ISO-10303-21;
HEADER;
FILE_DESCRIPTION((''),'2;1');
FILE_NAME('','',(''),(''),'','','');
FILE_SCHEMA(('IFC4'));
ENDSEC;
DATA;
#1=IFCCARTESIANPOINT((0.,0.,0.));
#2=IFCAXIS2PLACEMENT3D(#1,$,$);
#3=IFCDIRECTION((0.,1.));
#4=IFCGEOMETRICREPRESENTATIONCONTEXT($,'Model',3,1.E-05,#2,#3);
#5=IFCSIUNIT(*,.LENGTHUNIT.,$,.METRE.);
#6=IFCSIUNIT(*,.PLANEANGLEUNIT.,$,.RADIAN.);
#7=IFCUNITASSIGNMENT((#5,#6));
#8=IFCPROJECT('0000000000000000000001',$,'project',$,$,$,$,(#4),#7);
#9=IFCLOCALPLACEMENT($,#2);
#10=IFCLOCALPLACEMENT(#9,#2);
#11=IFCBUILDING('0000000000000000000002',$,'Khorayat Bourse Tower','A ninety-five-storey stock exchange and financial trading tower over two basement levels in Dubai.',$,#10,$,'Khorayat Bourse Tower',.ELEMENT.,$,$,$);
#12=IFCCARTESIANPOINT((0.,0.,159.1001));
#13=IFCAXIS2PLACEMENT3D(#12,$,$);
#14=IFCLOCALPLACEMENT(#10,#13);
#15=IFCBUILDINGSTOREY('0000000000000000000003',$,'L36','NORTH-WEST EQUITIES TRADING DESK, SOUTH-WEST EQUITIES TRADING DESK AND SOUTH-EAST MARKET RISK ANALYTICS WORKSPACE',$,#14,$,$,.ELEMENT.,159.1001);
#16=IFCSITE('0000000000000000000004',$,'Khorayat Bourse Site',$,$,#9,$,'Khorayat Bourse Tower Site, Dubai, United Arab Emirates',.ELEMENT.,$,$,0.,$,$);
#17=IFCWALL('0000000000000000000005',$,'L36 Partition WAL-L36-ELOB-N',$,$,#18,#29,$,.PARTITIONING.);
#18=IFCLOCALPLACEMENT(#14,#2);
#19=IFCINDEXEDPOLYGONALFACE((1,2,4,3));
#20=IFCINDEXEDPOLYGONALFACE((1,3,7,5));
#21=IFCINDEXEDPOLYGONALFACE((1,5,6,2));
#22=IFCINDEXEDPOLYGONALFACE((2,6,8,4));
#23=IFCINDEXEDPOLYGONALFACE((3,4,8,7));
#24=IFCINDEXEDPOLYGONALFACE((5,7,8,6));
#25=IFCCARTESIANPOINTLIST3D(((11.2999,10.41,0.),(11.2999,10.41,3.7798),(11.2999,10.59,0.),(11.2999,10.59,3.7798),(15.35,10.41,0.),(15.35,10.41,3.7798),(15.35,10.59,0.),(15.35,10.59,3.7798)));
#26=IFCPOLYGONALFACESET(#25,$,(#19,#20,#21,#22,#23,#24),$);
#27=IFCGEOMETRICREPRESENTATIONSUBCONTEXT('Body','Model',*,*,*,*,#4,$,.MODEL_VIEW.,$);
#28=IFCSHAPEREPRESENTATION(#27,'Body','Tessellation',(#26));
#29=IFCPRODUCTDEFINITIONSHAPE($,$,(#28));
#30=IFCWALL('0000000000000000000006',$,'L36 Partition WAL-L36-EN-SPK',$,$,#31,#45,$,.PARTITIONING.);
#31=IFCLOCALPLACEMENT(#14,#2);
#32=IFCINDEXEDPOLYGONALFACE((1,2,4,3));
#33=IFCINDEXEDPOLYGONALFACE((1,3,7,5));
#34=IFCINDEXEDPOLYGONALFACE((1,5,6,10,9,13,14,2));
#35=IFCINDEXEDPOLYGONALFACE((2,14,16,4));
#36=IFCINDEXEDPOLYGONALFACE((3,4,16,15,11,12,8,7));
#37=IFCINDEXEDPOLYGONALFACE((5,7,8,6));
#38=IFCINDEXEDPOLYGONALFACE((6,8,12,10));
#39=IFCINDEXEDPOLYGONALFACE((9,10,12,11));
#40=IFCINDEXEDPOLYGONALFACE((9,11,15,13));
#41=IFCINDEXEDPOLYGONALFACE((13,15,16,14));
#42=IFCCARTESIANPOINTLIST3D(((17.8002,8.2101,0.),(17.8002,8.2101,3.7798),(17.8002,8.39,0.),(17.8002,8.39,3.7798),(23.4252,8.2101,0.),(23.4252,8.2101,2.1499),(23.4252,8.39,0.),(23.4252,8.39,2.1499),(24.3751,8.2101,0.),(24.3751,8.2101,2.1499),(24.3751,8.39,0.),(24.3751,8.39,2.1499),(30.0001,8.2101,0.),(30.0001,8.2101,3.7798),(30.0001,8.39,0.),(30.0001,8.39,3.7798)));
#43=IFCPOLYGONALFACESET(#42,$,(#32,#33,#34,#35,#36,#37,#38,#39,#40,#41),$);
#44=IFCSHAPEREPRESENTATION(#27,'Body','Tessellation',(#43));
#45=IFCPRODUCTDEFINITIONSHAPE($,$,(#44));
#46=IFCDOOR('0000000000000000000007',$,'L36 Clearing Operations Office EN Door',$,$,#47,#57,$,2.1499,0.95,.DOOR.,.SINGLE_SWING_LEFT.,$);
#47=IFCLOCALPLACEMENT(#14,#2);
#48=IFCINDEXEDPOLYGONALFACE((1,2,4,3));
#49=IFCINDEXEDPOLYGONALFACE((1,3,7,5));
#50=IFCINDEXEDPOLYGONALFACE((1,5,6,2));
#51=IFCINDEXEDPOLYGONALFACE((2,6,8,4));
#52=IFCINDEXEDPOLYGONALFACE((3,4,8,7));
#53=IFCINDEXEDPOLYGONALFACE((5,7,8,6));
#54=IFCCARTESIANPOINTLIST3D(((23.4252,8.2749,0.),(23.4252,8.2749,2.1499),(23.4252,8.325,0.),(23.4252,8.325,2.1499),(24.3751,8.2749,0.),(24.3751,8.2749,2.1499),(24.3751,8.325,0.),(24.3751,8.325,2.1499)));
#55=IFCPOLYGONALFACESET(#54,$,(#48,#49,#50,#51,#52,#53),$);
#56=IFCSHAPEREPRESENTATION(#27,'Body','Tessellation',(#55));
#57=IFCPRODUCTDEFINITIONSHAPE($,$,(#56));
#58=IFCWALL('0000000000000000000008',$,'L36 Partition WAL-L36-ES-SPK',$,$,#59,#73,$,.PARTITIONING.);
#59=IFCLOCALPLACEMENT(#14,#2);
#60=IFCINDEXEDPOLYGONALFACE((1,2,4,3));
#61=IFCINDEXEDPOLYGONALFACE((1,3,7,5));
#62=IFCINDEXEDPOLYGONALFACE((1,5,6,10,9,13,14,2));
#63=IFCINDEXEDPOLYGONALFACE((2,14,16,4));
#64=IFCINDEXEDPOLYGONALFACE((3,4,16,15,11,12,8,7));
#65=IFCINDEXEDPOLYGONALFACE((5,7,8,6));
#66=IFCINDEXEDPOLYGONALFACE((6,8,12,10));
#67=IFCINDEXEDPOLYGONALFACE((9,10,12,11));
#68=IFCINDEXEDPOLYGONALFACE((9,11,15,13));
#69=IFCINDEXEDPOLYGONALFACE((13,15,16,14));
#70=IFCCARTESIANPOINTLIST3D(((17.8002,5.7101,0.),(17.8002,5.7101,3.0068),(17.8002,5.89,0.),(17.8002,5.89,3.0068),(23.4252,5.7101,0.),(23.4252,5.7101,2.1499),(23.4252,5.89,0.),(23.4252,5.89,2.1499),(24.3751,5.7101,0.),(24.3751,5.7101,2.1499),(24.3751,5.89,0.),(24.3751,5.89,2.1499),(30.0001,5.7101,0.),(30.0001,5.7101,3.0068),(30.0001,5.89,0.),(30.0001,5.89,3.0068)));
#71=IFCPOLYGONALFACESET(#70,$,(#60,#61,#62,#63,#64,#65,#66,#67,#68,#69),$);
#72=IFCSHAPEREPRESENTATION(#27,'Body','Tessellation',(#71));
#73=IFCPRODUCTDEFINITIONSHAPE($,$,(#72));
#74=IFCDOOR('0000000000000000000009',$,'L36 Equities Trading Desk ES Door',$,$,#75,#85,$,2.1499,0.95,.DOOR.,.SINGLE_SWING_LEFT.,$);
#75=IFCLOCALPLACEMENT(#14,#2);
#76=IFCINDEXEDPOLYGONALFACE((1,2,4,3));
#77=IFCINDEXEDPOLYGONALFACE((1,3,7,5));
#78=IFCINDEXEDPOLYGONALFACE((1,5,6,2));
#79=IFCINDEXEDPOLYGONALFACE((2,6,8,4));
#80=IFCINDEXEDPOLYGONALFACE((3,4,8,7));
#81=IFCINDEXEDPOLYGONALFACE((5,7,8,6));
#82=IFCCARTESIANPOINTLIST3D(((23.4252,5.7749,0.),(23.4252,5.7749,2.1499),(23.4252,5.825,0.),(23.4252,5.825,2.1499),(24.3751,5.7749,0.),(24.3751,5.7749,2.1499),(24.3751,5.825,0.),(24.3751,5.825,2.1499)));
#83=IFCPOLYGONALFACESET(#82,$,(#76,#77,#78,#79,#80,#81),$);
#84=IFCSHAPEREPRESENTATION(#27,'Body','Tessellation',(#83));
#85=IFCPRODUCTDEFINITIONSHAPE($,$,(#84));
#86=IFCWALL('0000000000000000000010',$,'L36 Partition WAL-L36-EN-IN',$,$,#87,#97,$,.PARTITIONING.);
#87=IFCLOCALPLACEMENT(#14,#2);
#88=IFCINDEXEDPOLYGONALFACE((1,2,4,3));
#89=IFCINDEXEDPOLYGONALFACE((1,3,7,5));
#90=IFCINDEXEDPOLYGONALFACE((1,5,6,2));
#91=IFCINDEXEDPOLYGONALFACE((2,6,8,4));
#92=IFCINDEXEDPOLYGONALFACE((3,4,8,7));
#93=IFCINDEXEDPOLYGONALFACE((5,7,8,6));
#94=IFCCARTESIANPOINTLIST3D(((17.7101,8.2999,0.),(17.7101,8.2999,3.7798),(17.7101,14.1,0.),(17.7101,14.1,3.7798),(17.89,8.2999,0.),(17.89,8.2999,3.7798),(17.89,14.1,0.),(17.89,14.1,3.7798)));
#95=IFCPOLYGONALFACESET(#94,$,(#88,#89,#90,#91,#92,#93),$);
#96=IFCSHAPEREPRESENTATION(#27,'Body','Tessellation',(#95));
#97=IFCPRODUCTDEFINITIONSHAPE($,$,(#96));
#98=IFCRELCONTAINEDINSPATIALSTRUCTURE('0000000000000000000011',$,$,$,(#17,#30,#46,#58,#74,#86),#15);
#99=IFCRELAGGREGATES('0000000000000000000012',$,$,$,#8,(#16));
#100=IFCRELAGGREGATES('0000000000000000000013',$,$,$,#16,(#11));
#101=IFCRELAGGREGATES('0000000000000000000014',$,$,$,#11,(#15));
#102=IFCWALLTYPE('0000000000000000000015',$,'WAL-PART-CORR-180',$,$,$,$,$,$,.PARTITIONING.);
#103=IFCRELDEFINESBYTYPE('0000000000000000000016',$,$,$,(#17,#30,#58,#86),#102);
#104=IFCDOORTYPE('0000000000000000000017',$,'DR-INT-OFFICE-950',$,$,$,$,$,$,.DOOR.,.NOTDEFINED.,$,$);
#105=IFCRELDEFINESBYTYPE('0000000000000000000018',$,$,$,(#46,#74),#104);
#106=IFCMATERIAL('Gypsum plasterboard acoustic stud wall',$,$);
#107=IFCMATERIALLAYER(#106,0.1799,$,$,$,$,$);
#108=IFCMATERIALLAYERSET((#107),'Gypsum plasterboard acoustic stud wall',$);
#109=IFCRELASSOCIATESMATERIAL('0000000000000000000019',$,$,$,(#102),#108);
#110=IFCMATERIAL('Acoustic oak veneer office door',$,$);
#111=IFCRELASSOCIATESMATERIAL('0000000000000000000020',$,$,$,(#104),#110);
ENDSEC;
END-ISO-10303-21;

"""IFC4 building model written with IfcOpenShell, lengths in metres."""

from ifc_helpers import new_model, si_unit, direction, frame, frame_2d, origin, place, context, subcontext, project, spatial, rectangle, extrude, source, transform, mapped, material, layer, layer_set, type_object, element, fill, save


model = new_model("IFC4")

# Units and contexts
model_context = context("Model", 3, precision=1e-05, world=origin(), true_north=direction((0.0, 1.0)))
body_context = subcontext(model_context, "Body", "Model", "MODEL_VIEW")
ifc_project = project(units=[si_unit("LENGTHUNIT", "METRE"), si_unit("PLANEANGLEUNIT", "RADIAN")], contexts=[model_context])

# Site, building, storey
site_placement = place(None, origin())
site = spatial("IfcSite", under=ifc_project, at=site_placement, Name="Khorayat Bourse Site", LongName="Khorayat Bourse Tower Site, Dubai, United Arab Emirates", CompositionType="ELEMENT", RefElevation=0.0)
building_placement = place(site_placement, origin())
building = spatial("IfcBuilding", under=site, at=building_placement, Name="Khorayat Bourse Tower", Description="A ninety-five-storey stock exchange and financial trading tower over two basement levels in Dubai.", LongName="Khorayat Bourse Tower", CompositionType="ELEMENT")
storey_placement = place(building_placement, frame((0.0, 0.0, 159.1001)))
storey = spatial("IfcBuildingStorey", under=building, at=storey_placement, Name="L36", Description="NORTH-WEST EQUITIES TRADING DESK, SOUTH-WEST EQUITIES TRADING DESK AND SOUTH-EAST MARKET RISK ANALYTICS WORKSPACE", CompositionType="ELEMENT", Elevation=159.1001)

# Wall
ifc_material_1 = material(Name="Gypsum plasterboard acoustic stud wall")
ifc_layer_1 = layer(ifc_material_1, 0.1799)
ifc_layer_set_1 = layer_set([ifc_layer_1], Name="Gypsum plasterboard acoustic stud wall")
wall_type = type_object("IfcWallType", Name="WAL-PART-CORR-180", PredefinedType="PARTITIONING", material=ifc_layer_set_1)
shared_shape_1 = source(origin(), body_context, "Body", "SweptSolid", [
    extrude(rectangle(XDim=4.05, YDim=0.1799, at=frame_2d((2.0249, 0.0))), origin(), (0.0, 0.0, 1.0), 3.7798),
])
wall_1_placement = place(storey_placement, frame((11.3, 10.5, 0.0), z_axis=(0.0, 0.0, 1.0), x_axis=(1.0, 0.0, 0.0)))
element("IfcWall", 1, at=wall_1_placement, inside=storey, type_object=wall_type, Name="L36 Partition WAL-L36-ELOB-N", PredefinedType="PARTITIONING", context=body_context, shape_type="MappedRepresentation", body=[
    mapped(shared_shape_1, transform((0.0, 0.0, 0.0), scale=1.0)),
])

# Walls, openings, doors
shared_shape_2 = source(origin(), body_context, "Body", "SweptSolid", [
    extrude(rectangle(XDim=12.2, YDim=0.1799, at=frame_2d((6.1001, 0.0))), origin(), (0.0, 0.0, 1.0), 3.7798),
])
wall_2_placement = place(storey_placement, frame((17.8, 8.3, 0.0), z_axis=(0.0, 0.0, 1.0), x_axis=(1.0, 0.0, 0.0)))
wall_2 = element("IfcWall", 2, at=wall_2_placement, inside=storey, type_object=wall_type, Name="L36 Partition WAL-L36-EN-SPK", PredefinedType="PARTITIONING", context=body_context, shape_type="MappedRepresentation", body=[
    mapped(shared_shape_2, transform((0.0, 0.0, 0.0), scale=1.0)),
])
shared_shape_3 = source(origin(), body_context, "Body", "SweptSolid", [
    extrude(rectangle(XDim=0.95, YDim=2.1499, at=frame_2d((0.4751, 1.075))), frame((0.0, 0.0999, 0.0), z_axis=(0.0, -1.0, 0.0), x_axis=(1.0, 0.0, 0.0)), (0.0, 0.0, 1.0), 0.2),
])
opening_1_placement = place(wall_2_placement, frame((5.625, 0.0, 0.0)))
opening_1 = element("IfcOpeningElement", 3, at=opening_1_placement, cuts=wall_2, PredefinedType="OPENING", context=body_context, shape_type="MappedRepresentation", body=[
    mapped(shared_shape_3, transform((0.0, 0.0, 0.0), scale=1.0)),
])
ifc_material_2 = material(Name="Acoustic oak veneer office door")
door_type = type_object("IfcDoorType", Name="DR-INT-OFFICE-950", OperationType="NOTDEFINED", PredefinedType="DOOR", material=ifc_material_2)
shared_shape_4 = source(origin(), body_context, "Body", "SweptSolid", [
    extrude(rectangle(XDim=0.95, YDim=2.1499, at=frame_2d((0.4751, 1.075))), frame((0.0, 0.0249, 0.0), z_axis=(0.0, -1.0, 0.0), x_axis=(1.0, 0.0, 0.0)), (0.0, 0.0, 1.0), 0.05),
])
door_1_placement = place(opening_1_placement, origin())
door_1 = element("IfcDoor", 4, at=door_1_placement, inside=storey, type_object=door_type, Name="L36 Clearing Operations Office EN Door", OperationType="SINGLE_SWING_LEFT", OverallHeight=2.1499, OverallWidth=0.95, PredefinedType="DOOR", context=body_context, shape_type="MappedRepresentation", body=[
    mapped(shared_shape_4, transform((0.0, 0.0, 0.0), scale=1.0)),
])
fill(opening_1, door_1)
shared_shape_5 = source(origin(), body_context, "Body", "SweptSolid", [
    extrude(rectangle(XDim=12.2, YDim=0.1799, at=frame_2d((6.1001, 0.0))), origin(), (0.0, 0.0, 1.0), 3.0068),
])
wall_3_placement = place(storey_placement, frame((17.8, 5.8, 0.0), z_axis=(0.0, 0.0, 1.0), x_axis=(1.0, 0.0, 0.0)))
wall_3 = element("IfcWall", 5, at=wall_3_placement, inside=storey, type_object=wall_type, Name="L36 Partition WAL-L36-ES-SPK", PredefinedType="PARTITIONING", context=body_context, shape_type="MappedRepresentation", body=[
    mapped(shared_shape_5, transform((0.0, 0.0, 0.0), scale=1.0)),
])
opening_2_placement = place(wall_3_placement, frame((5.625, 0.0, 0.0)))
opening_2 = element("IfcOpeningElement", 6, at=opening_2_placement, cuts=wall_3, PredefinedType="OPENING", context=body_context, shape_type="MappedRepresentation", body=[
    mapped(shared_shape_3, transform((0.0, 0.0, 0.0), scale=1.0)),
])
door_2_placement = place(opening_2_placement, origin())
door_2 = element("IfcDoor", 7, at=door_2_placement, inside=storey, type_object=door_type, Name="L36 Equities Trading Desk ES Door", OperationType="SINGLE_SWING_LEFT", OverallHeight=2.1499, OverallWidth=0.95, PredefinedType="DOOR", context=body_context, shape_type="MappedRepresentation", body=[
    mapped(shared_shape_4, transform((0.0, 0.0, 0.0), scale=1.0)),
])
fill(opening_2, door_2)

# Wall
shared_shape_6 = source(origin(), body_context, "Body", "SweptSolid", [
    extrude(rectangle(XDim=5.8, YDim=0.1799, at=frame_2d((2.8999, 0.0))), origin(), (0.0, 0.0, 1.0), 3.7798),
])
wall_4_placement = place(storey_placement, frame((17.8, 8.3, 0.0), z_axis=(0.0, 0.0, 1.0), x_axis=(0.0, 1.0, 0.0)))
element("IfcWall", 8, at=wall_4_placement, inside=storey, type_object=wall_type, Name="L36 Partition WAL-L36-EN-IN", PredefinedType="PARTITIONING", context=body_context, shape_type="MappedRepresentation", body=[
    mapped(shared_shape_6, transform((0.0, 0.0, 0.0), scale=1.0)),
])

save(model, "model.ifc")
